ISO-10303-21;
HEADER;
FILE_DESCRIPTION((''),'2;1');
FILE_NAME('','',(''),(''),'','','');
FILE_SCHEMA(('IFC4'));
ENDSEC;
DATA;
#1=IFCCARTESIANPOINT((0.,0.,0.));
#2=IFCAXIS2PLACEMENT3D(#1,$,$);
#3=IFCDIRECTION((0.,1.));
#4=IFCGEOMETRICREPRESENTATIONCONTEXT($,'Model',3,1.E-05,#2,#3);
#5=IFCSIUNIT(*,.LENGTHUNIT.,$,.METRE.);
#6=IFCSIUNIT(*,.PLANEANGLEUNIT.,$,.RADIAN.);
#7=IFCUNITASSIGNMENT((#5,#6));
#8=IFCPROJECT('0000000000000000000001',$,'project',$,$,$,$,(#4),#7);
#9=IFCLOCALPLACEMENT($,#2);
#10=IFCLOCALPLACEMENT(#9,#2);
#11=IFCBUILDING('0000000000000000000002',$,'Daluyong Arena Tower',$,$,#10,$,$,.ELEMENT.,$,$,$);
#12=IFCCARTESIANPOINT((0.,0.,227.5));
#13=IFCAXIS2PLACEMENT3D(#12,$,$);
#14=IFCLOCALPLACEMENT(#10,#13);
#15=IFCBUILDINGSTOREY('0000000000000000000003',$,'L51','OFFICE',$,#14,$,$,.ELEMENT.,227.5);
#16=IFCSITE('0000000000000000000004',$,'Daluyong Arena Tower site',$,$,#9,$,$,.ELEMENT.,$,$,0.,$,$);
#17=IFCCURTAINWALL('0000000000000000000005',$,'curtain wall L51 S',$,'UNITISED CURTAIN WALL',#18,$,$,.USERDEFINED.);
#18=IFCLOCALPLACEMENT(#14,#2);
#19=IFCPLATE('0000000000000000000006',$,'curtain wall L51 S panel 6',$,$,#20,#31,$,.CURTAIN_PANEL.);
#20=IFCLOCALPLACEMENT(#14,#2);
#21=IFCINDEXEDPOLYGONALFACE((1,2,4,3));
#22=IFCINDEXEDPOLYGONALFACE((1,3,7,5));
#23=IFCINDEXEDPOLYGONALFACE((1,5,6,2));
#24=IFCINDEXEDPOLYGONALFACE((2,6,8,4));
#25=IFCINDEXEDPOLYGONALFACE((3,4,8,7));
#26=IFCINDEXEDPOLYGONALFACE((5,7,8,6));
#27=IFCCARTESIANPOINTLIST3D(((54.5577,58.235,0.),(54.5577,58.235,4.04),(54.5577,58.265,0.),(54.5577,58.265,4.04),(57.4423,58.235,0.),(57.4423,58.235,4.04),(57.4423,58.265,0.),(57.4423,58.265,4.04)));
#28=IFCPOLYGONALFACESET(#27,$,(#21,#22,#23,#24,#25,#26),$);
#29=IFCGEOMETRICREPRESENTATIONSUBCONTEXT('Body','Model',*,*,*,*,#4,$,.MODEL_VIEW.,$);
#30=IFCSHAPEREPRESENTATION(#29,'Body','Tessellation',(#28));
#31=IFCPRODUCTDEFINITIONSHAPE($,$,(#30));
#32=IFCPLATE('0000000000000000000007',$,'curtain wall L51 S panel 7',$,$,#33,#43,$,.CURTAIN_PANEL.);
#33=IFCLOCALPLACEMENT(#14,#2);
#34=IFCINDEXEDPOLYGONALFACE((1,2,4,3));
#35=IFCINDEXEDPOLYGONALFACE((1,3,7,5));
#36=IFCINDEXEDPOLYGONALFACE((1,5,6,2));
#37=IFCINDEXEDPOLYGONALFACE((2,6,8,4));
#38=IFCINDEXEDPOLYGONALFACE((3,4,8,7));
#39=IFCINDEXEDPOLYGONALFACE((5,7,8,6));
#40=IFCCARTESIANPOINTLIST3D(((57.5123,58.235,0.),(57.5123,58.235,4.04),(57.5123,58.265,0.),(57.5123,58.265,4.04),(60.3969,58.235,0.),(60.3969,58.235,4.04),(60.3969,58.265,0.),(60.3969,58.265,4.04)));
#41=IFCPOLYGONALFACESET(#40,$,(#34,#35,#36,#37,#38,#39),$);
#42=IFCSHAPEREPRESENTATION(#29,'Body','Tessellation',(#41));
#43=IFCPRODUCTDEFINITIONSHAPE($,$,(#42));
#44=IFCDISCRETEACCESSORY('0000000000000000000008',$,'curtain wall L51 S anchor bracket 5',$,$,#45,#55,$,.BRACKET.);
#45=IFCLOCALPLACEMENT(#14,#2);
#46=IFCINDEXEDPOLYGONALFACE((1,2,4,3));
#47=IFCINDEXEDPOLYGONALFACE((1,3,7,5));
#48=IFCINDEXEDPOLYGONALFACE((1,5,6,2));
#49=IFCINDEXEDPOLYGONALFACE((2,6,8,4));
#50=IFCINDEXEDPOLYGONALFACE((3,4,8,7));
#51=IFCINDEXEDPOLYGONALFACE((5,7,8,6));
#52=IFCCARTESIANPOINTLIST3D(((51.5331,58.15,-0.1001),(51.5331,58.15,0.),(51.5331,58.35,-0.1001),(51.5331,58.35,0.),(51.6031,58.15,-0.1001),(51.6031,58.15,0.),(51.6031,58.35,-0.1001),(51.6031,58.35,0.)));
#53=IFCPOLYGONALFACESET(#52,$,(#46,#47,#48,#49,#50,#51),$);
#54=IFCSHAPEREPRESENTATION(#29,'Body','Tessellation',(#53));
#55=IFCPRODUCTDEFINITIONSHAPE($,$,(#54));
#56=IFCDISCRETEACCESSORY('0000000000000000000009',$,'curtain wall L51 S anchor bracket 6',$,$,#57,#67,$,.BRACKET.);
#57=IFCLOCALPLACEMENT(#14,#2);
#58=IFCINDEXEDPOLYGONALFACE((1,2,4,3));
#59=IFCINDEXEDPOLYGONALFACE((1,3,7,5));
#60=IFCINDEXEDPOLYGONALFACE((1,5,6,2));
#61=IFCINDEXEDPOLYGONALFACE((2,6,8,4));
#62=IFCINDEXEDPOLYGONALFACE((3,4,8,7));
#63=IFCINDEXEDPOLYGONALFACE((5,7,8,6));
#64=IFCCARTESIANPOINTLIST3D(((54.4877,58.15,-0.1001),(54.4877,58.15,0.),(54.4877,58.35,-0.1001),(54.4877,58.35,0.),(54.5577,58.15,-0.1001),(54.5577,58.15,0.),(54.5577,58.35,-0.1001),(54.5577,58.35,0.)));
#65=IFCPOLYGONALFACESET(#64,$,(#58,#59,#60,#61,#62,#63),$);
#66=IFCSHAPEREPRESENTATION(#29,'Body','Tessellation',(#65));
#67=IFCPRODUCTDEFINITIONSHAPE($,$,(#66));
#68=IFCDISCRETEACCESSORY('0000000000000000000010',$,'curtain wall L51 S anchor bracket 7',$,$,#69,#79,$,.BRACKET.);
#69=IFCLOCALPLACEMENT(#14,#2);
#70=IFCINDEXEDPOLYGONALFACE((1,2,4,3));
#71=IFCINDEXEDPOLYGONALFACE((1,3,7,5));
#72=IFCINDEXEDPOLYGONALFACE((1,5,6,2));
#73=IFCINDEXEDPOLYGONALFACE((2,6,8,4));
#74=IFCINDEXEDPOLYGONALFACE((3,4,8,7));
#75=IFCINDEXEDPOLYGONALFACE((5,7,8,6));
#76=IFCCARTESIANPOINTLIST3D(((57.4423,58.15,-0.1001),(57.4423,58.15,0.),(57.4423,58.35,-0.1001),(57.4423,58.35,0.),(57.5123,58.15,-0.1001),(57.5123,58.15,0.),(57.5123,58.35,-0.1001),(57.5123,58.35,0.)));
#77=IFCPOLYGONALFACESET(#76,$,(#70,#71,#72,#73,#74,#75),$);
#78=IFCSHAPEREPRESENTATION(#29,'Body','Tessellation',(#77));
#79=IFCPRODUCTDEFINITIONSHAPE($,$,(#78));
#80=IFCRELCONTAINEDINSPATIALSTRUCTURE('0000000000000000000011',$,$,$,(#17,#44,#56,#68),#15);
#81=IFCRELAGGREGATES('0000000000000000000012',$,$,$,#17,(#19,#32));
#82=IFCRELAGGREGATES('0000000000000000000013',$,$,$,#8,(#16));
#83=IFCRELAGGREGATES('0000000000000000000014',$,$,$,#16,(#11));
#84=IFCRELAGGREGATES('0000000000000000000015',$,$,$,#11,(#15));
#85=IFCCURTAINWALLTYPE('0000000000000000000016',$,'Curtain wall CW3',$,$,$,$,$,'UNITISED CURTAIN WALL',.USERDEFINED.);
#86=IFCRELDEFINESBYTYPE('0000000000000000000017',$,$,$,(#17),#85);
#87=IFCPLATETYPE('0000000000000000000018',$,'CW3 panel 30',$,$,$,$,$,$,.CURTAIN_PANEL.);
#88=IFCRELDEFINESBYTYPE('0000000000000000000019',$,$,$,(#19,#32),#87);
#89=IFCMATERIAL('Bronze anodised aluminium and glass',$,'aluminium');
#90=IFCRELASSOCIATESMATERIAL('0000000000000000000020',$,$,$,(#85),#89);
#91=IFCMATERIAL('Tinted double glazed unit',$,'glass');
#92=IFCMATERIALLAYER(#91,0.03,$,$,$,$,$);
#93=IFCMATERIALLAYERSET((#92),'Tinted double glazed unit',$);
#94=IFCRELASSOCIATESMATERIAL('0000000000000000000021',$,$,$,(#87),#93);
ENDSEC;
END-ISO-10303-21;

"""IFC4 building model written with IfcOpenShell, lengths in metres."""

from ifc_helpers import new_model, si_unit, direction, frame, origin, origin_2d, place, context, subcontext, project, spatial, rectangle, extrude, material, layer, layer_set, type_object, element, aggregate, save


model = new_model("IFC4")

# Units and contexts
model_context = context("Model", 3, precision=1e-05, world=origin(), true_north=direction((0.0, 1.0)))
body_context = subcontext(model_context, "Body", "Model", "MODEL_VIEW")
ifc_project = project(units=[si_unit("LENGTHUNIT", "METRE"), si_unit("PLANEANGLEUNIT", "RADIAN")], contexts=[model_context])

# Site, building, storey
site_placement = place(None, origin())
site = spatial("IfcSite", under=ifc_project, at=site_placement, Name="Daluyong Arena Tower site", CompositionType="ELEMENT", RefElevation=0.0)
building_placement = place(site_placement, origin())
building = spatial("IfcBuilding", under=site, at=building_placement, Name="Daluyong Arena Tower", CompositionType="ELEMENT")
storey_placement = place(building_placement, frame((0.0, 0.0, 227.5)))
storey = spatial("IfcBuildingStorey", under=building, at=storey_placement, Name="L51", Description="OFFICE", CompositionType="ELEMENT", Elevation=227.5)

# Curtain wall
ifc_material_1 = material(Name="Bronze anodised aluminium and glass", Category="aluminium")
curtain_wall_type = type_object("IfcCurtainWallType", Name="Curtain wall CW3", ElementType="UNITISED CURTAIN WALL", PredefinedType="USERDEFINED", material=ifc_material_1)
curtain_wall_placement = place(storey_placement, origin())
curtain_wall = element("IfcCurtainWall", 1, at=curtain_wall_placement, inside=storey, type_object=curtain_wall_type, Name="curtain wall L51 S", ObjectType="UNITISED CURTAIN WALL", PredefinedType="USERDEFINED")

# Plates
ifc_material_2 = material(Name="Tinted double glazed unit", Category="glass")
ifc_layer = layer(ifc_material_2, 0.03)
ifc_layer_set = layer_set([ifc_layer], Name="Tinted double glazed unit")
plate_type = type_object("IfcPlateType", Name="CW3 panel 30", PredefinedType="CURTAIN_PANEL", material=ifc_layer_set)
plate_1_placement = place(storey_placement, frame((56.0, 58.25, 0.0), z_axis=(0.0, 0.0, 1.0), x_axis=(1.0, 0.0, 0.0)))
plate_1 = element("IfcPlate", 2, at=plate_1_placement, type_object=plate_type, Name="curtain wall L51 S panel 6", PredefinedType="CURTAIN_PANEL", context=body_context, shape_type="SweptSolid", body=[
    extrude(rectangle(XDim=2.8845, YDim=0.03, at=origin_2d()), origin(), (0.0, 0.0, 1.0), 4.04),
])
plate_2_placement = place(storey_placement, frame((58.9546, 58.25, 0.0), z_axis=(0.0, 0.0, 1.0), x_axis=(1.0, 0.0, 0.0)))
plate_2 = element("IfcPlate", 3, at=plate_2_placement, type_object=plate_type, Name="curtain wall L51 S panel 7", PredefinedType="CURTAIN_PANEL", context=body_context, shape_type="SweptSolid", body=[
    extrude(rectangle(XDim=2.8845, YDim=0.03, at=origin_2d()), origin(), (0.0, 0.0, 1.0), 4.04),
])
aggregate(curtain_wall, [plate_1, plate_2])

# Discrete accessories
for number, where, z_axis, x_axis, name in (
    (4, (51.5681, 58.25, -0.1001), (0.0, 0.0, 1.0), (1.0, 0.0, 0.0), "curtain wall L51 S anchor bracket 5"),
    (5, (54.5227, 58.25, -0.1001), (0.0, 0.0, 1.0), (1.0, 0.0, 0.0), "curtain wall L51 S anchor bracket 6"),
    (6, (57.4773, 58.25, -0.1001), (0.0, 0.0, 1.0), (1.0, 0.0, 0.0), "curtain wall L51 S anchor bracket 7"),
):
    element("IfcDiscreteAccessory", number, at=place(storey_placement, frame(where, z_axis=z_axis, x_axis=x_axis)), inside=storey, Name=name, PredefinedType="BRACKET", context=body_context, shape_type="SweptSolid", body=[
        extrude(rectangle(XDim=0.0701, YDim=0.2, at=origin_2d()), origin(), (0.0, 0.0, 1.0), 0.1001),
    ])

save(model, "model.ifc")
